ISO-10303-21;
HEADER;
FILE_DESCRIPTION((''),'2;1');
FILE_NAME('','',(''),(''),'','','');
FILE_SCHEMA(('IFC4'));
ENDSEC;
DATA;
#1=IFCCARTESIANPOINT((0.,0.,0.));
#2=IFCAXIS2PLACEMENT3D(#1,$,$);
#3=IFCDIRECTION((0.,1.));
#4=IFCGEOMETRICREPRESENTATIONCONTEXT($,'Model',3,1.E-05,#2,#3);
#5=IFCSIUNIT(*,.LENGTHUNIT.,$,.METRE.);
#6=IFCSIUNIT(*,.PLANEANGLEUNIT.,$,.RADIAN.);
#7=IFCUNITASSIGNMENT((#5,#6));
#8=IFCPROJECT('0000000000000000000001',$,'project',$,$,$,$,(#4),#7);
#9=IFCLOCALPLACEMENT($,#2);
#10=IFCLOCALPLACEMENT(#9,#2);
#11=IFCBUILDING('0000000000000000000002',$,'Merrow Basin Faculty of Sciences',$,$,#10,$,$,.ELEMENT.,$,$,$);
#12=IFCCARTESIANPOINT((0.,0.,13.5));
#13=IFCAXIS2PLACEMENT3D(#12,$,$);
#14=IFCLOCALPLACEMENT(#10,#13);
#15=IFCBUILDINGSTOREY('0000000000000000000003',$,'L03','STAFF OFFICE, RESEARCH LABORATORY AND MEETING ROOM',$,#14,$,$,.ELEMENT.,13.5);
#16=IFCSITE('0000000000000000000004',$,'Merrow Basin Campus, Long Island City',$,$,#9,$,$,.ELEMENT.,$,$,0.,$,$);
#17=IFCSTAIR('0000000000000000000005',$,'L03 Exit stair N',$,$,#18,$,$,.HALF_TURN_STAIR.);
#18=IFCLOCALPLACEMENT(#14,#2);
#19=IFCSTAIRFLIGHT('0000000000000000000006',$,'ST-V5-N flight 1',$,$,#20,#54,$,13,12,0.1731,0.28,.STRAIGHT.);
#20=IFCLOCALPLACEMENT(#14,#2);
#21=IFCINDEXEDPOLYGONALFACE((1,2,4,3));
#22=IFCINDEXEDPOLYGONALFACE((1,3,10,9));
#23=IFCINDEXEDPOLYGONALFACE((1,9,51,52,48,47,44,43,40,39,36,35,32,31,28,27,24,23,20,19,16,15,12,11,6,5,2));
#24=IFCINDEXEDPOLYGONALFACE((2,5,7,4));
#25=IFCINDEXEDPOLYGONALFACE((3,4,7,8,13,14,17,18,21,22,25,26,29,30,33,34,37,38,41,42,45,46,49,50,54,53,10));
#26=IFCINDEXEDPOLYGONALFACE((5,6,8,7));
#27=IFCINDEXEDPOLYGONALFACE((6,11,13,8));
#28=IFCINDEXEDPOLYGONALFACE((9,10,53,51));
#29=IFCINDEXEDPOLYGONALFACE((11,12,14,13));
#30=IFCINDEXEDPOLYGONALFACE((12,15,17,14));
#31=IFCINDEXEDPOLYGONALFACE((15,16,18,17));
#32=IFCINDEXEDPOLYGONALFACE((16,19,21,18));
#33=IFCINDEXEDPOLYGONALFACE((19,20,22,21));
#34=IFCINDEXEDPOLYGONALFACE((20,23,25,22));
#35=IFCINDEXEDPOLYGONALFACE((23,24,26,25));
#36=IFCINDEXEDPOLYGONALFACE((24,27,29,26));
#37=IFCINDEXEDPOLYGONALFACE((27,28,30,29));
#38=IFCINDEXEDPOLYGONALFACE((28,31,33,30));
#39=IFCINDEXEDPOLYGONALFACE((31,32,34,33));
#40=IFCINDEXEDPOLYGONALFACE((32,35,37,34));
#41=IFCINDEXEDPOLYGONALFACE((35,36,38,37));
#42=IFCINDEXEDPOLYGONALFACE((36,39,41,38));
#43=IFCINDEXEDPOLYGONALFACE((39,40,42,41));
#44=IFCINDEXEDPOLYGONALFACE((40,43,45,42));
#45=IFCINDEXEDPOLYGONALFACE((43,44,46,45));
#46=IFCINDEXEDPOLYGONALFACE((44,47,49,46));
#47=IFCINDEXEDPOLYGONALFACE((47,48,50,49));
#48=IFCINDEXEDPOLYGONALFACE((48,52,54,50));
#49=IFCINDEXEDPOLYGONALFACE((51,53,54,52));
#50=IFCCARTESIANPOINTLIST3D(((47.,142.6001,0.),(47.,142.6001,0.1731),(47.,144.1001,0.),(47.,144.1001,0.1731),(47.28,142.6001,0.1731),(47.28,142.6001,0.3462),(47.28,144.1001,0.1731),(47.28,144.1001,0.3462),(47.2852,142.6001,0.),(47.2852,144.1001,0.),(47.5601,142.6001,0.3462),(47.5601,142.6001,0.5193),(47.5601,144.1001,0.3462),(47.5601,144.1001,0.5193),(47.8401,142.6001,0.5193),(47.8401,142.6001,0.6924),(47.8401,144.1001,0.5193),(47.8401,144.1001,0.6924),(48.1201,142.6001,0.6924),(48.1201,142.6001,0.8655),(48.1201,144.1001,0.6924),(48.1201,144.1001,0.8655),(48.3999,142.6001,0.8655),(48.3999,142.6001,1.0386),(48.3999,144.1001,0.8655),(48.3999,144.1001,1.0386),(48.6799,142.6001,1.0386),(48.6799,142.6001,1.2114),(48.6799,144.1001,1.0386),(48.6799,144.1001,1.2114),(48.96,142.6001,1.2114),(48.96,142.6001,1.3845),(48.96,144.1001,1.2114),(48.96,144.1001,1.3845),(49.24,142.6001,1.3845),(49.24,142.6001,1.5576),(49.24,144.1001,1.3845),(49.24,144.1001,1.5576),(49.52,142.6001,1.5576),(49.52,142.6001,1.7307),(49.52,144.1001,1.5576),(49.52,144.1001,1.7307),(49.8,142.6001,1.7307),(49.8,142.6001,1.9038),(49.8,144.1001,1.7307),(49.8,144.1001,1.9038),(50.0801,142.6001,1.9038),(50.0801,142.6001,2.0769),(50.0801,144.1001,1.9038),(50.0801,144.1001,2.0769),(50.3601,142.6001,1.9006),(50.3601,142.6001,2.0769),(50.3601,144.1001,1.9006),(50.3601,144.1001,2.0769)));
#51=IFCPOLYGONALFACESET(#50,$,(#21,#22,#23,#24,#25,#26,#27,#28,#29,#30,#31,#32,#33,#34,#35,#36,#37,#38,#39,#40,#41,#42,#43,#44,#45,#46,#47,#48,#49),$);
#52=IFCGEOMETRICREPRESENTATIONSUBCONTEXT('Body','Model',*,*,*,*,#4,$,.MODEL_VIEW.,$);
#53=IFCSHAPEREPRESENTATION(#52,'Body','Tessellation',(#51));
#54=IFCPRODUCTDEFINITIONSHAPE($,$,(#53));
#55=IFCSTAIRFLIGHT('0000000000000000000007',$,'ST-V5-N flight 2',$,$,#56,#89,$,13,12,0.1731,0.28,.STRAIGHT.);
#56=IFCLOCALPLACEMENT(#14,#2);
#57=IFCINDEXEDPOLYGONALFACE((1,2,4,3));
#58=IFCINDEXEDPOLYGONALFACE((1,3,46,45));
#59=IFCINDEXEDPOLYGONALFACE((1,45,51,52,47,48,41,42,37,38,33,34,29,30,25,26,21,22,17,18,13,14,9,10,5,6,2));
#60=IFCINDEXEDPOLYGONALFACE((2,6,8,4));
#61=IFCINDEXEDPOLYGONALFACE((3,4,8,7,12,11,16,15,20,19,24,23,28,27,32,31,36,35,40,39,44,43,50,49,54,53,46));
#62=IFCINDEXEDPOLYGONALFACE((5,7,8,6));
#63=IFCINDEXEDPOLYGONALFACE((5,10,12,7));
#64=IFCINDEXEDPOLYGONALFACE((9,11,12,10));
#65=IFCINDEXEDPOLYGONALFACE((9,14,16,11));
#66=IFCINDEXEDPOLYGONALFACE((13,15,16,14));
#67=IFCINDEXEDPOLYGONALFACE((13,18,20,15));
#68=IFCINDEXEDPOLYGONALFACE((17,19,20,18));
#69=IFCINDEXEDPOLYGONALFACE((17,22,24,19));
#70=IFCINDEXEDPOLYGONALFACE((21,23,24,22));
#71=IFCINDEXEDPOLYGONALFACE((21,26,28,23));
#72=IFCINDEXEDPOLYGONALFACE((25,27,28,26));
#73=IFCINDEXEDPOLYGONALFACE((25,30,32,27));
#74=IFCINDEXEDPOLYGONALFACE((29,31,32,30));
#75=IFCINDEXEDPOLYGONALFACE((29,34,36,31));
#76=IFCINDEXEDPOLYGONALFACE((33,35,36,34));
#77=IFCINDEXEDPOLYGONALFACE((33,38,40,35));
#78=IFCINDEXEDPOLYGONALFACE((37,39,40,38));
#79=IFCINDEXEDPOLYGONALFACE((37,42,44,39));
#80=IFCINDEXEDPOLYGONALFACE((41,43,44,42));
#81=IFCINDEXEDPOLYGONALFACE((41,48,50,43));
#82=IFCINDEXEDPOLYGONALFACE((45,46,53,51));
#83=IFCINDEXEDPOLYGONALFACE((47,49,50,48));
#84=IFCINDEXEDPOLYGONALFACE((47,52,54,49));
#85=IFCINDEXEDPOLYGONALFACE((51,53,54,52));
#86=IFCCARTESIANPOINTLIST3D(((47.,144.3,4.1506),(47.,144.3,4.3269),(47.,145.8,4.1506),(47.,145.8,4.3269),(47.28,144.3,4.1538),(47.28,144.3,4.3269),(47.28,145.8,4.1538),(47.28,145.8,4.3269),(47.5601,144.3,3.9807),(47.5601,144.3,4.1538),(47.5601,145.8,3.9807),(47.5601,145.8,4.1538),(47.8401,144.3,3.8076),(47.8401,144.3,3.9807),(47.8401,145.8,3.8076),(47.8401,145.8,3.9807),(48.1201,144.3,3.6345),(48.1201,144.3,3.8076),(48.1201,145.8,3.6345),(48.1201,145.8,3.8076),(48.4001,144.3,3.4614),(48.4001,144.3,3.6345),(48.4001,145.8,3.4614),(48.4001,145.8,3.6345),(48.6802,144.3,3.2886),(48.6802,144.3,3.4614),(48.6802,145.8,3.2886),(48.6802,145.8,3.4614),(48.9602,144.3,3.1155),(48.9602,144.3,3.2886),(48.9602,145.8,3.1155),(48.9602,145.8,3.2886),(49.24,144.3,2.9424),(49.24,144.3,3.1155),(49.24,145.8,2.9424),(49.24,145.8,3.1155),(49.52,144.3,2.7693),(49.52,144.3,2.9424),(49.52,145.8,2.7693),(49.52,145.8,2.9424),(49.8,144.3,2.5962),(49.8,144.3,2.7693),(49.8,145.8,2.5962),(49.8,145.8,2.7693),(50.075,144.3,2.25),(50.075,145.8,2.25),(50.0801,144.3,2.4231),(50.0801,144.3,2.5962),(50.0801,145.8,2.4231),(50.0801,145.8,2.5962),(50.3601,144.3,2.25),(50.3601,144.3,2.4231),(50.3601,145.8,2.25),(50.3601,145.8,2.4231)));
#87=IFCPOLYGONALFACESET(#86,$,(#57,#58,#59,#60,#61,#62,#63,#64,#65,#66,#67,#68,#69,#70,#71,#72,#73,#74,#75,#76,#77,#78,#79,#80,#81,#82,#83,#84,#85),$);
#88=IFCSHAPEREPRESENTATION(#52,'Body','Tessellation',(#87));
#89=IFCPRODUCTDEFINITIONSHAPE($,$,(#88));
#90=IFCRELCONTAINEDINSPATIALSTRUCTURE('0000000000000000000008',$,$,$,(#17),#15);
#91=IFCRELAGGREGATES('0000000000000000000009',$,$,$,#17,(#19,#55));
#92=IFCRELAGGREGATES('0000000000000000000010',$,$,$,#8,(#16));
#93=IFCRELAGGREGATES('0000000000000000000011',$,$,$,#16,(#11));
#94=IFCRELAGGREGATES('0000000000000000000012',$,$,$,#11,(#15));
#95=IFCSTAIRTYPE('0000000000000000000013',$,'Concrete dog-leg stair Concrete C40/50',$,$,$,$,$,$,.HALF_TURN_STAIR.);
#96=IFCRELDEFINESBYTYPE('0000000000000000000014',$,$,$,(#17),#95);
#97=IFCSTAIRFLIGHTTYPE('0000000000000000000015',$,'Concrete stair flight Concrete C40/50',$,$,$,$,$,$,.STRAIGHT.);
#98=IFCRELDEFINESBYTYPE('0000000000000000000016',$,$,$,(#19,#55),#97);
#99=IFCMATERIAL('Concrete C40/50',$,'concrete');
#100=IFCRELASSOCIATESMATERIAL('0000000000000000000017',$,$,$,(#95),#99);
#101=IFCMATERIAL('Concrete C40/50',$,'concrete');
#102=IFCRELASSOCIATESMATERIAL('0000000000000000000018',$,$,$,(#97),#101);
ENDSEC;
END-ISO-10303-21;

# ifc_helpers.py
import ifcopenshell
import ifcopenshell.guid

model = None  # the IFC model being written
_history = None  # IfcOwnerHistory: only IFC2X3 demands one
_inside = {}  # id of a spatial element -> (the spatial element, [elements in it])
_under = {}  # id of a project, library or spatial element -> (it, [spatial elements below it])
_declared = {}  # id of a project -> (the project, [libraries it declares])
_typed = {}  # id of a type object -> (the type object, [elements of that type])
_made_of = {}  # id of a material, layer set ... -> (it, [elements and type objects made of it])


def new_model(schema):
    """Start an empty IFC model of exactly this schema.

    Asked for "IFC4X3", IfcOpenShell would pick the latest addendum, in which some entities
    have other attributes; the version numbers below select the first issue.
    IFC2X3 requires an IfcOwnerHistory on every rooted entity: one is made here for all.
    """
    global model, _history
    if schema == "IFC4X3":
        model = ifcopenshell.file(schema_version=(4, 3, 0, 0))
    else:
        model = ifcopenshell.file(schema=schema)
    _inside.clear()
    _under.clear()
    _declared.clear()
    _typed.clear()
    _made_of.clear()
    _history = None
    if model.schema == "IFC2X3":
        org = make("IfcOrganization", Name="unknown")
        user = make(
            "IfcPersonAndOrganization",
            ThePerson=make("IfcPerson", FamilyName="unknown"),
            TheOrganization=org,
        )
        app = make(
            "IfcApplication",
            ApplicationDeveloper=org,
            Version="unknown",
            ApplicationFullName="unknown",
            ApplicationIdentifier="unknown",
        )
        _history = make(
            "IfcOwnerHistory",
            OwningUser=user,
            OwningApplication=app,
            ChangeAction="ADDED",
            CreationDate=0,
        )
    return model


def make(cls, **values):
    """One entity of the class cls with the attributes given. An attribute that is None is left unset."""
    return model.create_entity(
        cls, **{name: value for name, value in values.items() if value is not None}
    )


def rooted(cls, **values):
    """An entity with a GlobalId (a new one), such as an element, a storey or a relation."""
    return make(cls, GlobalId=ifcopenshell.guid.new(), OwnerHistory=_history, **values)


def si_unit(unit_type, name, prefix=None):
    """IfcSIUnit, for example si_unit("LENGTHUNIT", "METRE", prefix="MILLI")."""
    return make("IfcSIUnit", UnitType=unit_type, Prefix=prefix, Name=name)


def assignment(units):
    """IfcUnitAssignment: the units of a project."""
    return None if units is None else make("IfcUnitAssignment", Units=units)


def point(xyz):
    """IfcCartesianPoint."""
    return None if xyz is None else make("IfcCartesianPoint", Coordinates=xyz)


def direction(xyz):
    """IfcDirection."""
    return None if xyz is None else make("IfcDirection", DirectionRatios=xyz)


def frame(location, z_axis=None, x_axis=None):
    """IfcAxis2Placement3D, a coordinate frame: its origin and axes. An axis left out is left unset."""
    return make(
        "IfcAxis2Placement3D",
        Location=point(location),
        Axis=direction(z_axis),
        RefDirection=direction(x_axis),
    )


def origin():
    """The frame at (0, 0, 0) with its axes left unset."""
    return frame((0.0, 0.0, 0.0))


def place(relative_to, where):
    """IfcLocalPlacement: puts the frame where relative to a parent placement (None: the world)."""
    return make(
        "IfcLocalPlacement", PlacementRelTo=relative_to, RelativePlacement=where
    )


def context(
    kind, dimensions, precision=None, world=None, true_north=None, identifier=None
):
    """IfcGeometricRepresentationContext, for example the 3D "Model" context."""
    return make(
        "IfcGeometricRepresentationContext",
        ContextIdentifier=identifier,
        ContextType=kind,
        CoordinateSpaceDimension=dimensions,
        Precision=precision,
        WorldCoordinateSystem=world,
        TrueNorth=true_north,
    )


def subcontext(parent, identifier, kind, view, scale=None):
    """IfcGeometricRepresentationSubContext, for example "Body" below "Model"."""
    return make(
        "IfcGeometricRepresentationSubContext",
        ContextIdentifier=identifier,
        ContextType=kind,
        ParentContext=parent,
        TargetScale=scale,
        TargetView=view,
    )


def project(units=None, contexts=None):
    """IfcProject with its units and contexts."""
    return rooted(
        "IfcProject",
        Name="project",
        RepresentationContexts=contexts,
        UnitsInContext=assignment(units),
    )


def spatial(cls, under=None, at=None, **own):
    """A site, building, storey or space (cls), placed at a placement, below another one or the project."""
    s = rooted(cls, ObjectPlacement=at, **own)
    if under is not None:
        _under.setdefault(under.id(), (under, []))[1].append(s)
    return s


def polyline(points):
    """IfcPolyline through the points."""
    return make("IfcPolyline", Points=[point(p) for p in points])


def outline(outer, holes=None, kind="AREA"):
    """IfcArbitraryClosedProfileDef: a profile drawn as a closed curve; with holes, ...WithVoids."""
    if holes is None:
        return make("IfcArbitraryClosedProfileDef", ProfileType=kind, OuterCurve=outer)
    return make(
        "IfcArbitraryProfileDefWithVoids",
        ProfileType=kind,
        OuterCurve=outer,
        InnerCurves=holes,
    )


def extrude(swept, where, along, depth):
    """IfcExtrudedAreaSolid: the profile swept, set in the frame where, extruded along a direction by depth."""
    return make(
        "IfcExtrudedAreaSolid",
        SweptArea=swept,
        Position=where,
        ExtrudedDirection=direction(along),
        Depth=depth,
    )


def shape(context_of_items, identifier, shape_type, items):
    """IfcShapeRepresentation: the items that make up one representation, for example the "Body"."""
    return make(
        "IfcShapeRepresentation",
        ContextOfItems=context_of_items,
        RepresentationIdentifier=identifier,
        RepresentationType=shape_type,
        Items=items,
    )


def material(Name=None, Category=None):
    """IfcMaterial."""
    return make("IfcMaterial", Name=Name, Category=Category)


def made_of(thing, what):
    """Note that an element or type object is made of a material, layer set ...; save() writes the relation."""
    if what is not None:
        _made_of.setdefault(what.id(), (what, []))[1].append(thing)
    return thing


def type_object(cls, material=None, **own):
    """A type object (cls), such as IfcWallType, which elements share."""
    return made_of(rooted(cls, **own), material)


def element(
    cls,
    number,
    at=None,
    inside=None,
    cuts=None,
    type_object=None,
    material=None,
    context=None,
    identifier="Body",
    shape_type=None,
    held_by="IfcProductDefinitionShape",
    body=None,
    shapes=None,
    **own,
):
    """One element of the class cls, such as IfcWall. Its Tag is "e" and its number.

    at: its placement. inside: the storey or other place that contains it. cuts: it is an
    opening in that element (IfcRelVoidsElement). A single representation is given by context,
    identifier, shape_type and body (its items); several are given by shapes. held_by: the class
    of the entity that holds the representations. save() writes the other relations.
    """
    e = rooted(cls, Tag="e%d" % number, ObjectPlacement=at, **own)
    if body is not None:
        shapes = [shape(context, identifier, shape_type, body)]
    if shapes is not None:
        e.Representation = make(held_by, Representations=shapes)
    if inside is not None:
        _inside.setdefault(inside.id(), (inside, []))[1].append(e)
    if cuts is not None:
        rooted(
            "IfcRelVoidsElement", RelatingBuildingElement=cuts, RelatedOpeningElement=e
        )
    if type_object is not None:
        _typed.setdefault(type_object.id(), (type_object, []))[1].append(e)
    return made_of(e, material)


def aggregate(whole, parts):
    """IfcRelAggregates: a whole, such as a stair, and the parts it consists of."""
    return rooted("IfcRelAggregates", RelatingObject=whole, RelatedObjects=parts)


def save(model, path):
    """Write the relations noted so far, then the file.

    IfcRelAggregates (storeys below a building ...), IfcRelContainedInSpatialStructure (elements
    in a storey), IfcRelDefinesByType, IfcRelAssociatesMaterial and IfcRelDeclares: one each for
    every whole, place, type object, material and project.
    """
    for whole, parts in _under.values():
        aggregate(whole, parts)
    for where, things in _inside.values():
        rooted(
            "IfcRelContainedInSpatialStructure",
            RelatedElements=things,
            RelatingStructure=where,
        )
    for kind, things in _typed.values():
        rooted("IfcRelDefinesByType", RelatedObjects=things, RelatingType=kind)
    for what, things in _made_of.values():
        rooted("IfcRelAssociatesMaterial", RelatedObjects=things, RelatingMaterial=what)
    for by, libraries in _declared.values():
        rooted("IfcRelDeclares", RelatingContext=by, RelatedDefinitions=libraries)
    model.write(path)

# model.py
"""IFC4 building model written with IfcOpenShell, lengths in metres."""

from ifc_helpers import new_model, si_unit, direction, frame, origin, place, context, subcontext, project, spatial, polyline, outline, extrude, material, type_object, element, aggregate, save


model = new_model("IFC4")

# Units and contexts
model_context = context("Model", 3, precision=1e-05, world=origin(), true_north=direction((0.0, 1.0)))
body_context = subcontext(model_context, "Body", "Model", "MODEL_VIEW")
ifc_project = project(units=[si_unit("LENGTHUNIT", "METRE"), si_unit("PLANEANGLEUNIT", "RADIAN")], contexts=[model_context])

# Site, building, storey
site_placement = place(None, origin())
site = spatial("IfcSite", under=ifc_project, at=site_placement, Name="Merrow Basin Campus, Long Island City", CompositionType="ELEMENT", RefElevation=0.0)
building_placement = place(site_placement, origin())
building = spatial("IfcBuilding", under=site, at=building_placement, Name="Merrow Basin Faculty of Sciences", CompositionType="ELEMENT")
storey_placement = place(building_placement, frame((0.0, 0.0, 13.5)))
storey = spatial("IfcBuildingStorey", under=building, at=storey_placement, Name="L03", Description="STAFF OFFICE, RESEARCH LABORATORY AND MEETING ROOM", CompositionType="ELEMENT", Elevation=13.5)

# Stair, stair flights
ifc_material_1 = material(Name="Concrete C40/50", Category="concrete")
stair_type = type_object("IfcStairType", Name="Concrete dog-leg stair Concrete C40/50", PredefinedType="HALF_TURN_STAIR", material=ifc_material_1)
stair_placement = place(storey_placement, origin())
stair = element("IfcStair", 1, at=stair_placement, inside=storey, type_object=stair_type, Name="L03 Exit stair N", PredefinedType="HALF_TURN_STAIR")
ifc_material_2 = material(Name="Concrete C40/50", Category="concrete")
stair_flight_type = type_object("IfcStairFlightType", Name="Concrete stair flight Concrete C40/50", PredefinedType="STRAIGHT", material=ifc_material_2)
stair_flight_1_placement = place(storey_placement, frame((47.0, 143.3501, 0.0), z_axis=(0.0, 0.0, 1.0), x_axis=(1.0, 0.0, 0.0)))
stair_flight_1 = element("IfcStairFlight", 2, at=stair_flight_1_placement, type_object=stair_flight_type, Name="ST-V5-N flight 1", NumberOfRisers=13, NumberOfTreads=12, PredefinedType="STRAIGHT", RiserHeight=0.1731, TreadLength=0.28, context=body_context, shape_type="SweptSolid", body=[
    extrude(outline(polyline([(0.0, 0.0), (0.0, 0.1731), (0.28, 0.1731), (0.28, 0.3462), (0.5601, 0.3462), (0.5601, 0.5193), (0.8401, 0.5193), (0.8401, 0.6924), (1.1201, 0.6924), (1.1201, 0.8655), (1.3999, 0.8655), (1.3999, 1.0386), (1.6799, 1.0386), (1.6799, 1.2114), (1.96, 1.2114), (1.96, 1.3845), (2.24, 1.3845), (2.24, 1.5576), (2.52, 1.5576), (2.52, 1.7307), (2.8, 1.7307), (2.8, 1.9038), (3.0801, 1.9038), (3.0801, 2.0769), (3.3601, 2.0769), (3.3601, 2.25), (3.3601, 1.9006), (0.2852, 0.0), (0.0, 0.0)])), frame((0.0, 0.75, 0.0), z_axis=(0.0, -1.0, 0.0), x_axis=(1.0, 0.0, 0.0)), (0.0, 0.0, 1.0), 1.5),
])
stair_flight_2_placement = place(storey_placement, frame((50.3601, 145.05, 2.25), z_axis=(0.0, 0.0, 1.0), x_axis=(-1.0, 0.0, 0.0)))
stair_flight_2 = element("IfcStairFlight", 3, at=stair_flight_2_placement, type_object=stair_flight_type, Name="ST-V5-N flight 2", NumberOfRisers=13, NumberOfTreads=12, PredefinedType="STRAIGHT", RiserHeight=0.1731, TreadLength=0.28, context=body_context, shape_type="SweptSolid", body=[
    extrude(outline(polyline([(0.0, 0.0), (0.0, 0.1731), (0.28, 0.1731), (0.28, 0.3462), (0.5601, 0.3462), (0.5601, 0.5193), (0.8401, 0.5193), (0.8401, 0.6924), (1.1201, 0.6924), (1.1201, 0.8655), (1.3999, 0.8655), (1.3999, 1.0386), (1.6799, 1.0386), (1.6799, 1.2114), (1.96, 1.2114), (1.96, 1.3845), (2.24, 1.3845), (2.24, 1.5576), (2.52, 1.5576), (2.52, 1.7307), (2.8, 1.7307), (2.8, 1.9038), (3.0801, 1.9038), (3.0801, 2.0769), (3.3601, 2.0769), (3.3601, 2.25), (3.3601, 1.9006), (0.2852, 0.0), (0.0, 0.0)])), frame((0.0, 0.75, 0.0), z_axis=(0.0, -1.0, 0.0), x_axis=(1.0, 0.0, 0.0)), (0.0, 0.0, 1.0), 1.5),
])
aggregate(stair, [stair_flight_1, stair_flight_2])

save(model, "model.ifc")
